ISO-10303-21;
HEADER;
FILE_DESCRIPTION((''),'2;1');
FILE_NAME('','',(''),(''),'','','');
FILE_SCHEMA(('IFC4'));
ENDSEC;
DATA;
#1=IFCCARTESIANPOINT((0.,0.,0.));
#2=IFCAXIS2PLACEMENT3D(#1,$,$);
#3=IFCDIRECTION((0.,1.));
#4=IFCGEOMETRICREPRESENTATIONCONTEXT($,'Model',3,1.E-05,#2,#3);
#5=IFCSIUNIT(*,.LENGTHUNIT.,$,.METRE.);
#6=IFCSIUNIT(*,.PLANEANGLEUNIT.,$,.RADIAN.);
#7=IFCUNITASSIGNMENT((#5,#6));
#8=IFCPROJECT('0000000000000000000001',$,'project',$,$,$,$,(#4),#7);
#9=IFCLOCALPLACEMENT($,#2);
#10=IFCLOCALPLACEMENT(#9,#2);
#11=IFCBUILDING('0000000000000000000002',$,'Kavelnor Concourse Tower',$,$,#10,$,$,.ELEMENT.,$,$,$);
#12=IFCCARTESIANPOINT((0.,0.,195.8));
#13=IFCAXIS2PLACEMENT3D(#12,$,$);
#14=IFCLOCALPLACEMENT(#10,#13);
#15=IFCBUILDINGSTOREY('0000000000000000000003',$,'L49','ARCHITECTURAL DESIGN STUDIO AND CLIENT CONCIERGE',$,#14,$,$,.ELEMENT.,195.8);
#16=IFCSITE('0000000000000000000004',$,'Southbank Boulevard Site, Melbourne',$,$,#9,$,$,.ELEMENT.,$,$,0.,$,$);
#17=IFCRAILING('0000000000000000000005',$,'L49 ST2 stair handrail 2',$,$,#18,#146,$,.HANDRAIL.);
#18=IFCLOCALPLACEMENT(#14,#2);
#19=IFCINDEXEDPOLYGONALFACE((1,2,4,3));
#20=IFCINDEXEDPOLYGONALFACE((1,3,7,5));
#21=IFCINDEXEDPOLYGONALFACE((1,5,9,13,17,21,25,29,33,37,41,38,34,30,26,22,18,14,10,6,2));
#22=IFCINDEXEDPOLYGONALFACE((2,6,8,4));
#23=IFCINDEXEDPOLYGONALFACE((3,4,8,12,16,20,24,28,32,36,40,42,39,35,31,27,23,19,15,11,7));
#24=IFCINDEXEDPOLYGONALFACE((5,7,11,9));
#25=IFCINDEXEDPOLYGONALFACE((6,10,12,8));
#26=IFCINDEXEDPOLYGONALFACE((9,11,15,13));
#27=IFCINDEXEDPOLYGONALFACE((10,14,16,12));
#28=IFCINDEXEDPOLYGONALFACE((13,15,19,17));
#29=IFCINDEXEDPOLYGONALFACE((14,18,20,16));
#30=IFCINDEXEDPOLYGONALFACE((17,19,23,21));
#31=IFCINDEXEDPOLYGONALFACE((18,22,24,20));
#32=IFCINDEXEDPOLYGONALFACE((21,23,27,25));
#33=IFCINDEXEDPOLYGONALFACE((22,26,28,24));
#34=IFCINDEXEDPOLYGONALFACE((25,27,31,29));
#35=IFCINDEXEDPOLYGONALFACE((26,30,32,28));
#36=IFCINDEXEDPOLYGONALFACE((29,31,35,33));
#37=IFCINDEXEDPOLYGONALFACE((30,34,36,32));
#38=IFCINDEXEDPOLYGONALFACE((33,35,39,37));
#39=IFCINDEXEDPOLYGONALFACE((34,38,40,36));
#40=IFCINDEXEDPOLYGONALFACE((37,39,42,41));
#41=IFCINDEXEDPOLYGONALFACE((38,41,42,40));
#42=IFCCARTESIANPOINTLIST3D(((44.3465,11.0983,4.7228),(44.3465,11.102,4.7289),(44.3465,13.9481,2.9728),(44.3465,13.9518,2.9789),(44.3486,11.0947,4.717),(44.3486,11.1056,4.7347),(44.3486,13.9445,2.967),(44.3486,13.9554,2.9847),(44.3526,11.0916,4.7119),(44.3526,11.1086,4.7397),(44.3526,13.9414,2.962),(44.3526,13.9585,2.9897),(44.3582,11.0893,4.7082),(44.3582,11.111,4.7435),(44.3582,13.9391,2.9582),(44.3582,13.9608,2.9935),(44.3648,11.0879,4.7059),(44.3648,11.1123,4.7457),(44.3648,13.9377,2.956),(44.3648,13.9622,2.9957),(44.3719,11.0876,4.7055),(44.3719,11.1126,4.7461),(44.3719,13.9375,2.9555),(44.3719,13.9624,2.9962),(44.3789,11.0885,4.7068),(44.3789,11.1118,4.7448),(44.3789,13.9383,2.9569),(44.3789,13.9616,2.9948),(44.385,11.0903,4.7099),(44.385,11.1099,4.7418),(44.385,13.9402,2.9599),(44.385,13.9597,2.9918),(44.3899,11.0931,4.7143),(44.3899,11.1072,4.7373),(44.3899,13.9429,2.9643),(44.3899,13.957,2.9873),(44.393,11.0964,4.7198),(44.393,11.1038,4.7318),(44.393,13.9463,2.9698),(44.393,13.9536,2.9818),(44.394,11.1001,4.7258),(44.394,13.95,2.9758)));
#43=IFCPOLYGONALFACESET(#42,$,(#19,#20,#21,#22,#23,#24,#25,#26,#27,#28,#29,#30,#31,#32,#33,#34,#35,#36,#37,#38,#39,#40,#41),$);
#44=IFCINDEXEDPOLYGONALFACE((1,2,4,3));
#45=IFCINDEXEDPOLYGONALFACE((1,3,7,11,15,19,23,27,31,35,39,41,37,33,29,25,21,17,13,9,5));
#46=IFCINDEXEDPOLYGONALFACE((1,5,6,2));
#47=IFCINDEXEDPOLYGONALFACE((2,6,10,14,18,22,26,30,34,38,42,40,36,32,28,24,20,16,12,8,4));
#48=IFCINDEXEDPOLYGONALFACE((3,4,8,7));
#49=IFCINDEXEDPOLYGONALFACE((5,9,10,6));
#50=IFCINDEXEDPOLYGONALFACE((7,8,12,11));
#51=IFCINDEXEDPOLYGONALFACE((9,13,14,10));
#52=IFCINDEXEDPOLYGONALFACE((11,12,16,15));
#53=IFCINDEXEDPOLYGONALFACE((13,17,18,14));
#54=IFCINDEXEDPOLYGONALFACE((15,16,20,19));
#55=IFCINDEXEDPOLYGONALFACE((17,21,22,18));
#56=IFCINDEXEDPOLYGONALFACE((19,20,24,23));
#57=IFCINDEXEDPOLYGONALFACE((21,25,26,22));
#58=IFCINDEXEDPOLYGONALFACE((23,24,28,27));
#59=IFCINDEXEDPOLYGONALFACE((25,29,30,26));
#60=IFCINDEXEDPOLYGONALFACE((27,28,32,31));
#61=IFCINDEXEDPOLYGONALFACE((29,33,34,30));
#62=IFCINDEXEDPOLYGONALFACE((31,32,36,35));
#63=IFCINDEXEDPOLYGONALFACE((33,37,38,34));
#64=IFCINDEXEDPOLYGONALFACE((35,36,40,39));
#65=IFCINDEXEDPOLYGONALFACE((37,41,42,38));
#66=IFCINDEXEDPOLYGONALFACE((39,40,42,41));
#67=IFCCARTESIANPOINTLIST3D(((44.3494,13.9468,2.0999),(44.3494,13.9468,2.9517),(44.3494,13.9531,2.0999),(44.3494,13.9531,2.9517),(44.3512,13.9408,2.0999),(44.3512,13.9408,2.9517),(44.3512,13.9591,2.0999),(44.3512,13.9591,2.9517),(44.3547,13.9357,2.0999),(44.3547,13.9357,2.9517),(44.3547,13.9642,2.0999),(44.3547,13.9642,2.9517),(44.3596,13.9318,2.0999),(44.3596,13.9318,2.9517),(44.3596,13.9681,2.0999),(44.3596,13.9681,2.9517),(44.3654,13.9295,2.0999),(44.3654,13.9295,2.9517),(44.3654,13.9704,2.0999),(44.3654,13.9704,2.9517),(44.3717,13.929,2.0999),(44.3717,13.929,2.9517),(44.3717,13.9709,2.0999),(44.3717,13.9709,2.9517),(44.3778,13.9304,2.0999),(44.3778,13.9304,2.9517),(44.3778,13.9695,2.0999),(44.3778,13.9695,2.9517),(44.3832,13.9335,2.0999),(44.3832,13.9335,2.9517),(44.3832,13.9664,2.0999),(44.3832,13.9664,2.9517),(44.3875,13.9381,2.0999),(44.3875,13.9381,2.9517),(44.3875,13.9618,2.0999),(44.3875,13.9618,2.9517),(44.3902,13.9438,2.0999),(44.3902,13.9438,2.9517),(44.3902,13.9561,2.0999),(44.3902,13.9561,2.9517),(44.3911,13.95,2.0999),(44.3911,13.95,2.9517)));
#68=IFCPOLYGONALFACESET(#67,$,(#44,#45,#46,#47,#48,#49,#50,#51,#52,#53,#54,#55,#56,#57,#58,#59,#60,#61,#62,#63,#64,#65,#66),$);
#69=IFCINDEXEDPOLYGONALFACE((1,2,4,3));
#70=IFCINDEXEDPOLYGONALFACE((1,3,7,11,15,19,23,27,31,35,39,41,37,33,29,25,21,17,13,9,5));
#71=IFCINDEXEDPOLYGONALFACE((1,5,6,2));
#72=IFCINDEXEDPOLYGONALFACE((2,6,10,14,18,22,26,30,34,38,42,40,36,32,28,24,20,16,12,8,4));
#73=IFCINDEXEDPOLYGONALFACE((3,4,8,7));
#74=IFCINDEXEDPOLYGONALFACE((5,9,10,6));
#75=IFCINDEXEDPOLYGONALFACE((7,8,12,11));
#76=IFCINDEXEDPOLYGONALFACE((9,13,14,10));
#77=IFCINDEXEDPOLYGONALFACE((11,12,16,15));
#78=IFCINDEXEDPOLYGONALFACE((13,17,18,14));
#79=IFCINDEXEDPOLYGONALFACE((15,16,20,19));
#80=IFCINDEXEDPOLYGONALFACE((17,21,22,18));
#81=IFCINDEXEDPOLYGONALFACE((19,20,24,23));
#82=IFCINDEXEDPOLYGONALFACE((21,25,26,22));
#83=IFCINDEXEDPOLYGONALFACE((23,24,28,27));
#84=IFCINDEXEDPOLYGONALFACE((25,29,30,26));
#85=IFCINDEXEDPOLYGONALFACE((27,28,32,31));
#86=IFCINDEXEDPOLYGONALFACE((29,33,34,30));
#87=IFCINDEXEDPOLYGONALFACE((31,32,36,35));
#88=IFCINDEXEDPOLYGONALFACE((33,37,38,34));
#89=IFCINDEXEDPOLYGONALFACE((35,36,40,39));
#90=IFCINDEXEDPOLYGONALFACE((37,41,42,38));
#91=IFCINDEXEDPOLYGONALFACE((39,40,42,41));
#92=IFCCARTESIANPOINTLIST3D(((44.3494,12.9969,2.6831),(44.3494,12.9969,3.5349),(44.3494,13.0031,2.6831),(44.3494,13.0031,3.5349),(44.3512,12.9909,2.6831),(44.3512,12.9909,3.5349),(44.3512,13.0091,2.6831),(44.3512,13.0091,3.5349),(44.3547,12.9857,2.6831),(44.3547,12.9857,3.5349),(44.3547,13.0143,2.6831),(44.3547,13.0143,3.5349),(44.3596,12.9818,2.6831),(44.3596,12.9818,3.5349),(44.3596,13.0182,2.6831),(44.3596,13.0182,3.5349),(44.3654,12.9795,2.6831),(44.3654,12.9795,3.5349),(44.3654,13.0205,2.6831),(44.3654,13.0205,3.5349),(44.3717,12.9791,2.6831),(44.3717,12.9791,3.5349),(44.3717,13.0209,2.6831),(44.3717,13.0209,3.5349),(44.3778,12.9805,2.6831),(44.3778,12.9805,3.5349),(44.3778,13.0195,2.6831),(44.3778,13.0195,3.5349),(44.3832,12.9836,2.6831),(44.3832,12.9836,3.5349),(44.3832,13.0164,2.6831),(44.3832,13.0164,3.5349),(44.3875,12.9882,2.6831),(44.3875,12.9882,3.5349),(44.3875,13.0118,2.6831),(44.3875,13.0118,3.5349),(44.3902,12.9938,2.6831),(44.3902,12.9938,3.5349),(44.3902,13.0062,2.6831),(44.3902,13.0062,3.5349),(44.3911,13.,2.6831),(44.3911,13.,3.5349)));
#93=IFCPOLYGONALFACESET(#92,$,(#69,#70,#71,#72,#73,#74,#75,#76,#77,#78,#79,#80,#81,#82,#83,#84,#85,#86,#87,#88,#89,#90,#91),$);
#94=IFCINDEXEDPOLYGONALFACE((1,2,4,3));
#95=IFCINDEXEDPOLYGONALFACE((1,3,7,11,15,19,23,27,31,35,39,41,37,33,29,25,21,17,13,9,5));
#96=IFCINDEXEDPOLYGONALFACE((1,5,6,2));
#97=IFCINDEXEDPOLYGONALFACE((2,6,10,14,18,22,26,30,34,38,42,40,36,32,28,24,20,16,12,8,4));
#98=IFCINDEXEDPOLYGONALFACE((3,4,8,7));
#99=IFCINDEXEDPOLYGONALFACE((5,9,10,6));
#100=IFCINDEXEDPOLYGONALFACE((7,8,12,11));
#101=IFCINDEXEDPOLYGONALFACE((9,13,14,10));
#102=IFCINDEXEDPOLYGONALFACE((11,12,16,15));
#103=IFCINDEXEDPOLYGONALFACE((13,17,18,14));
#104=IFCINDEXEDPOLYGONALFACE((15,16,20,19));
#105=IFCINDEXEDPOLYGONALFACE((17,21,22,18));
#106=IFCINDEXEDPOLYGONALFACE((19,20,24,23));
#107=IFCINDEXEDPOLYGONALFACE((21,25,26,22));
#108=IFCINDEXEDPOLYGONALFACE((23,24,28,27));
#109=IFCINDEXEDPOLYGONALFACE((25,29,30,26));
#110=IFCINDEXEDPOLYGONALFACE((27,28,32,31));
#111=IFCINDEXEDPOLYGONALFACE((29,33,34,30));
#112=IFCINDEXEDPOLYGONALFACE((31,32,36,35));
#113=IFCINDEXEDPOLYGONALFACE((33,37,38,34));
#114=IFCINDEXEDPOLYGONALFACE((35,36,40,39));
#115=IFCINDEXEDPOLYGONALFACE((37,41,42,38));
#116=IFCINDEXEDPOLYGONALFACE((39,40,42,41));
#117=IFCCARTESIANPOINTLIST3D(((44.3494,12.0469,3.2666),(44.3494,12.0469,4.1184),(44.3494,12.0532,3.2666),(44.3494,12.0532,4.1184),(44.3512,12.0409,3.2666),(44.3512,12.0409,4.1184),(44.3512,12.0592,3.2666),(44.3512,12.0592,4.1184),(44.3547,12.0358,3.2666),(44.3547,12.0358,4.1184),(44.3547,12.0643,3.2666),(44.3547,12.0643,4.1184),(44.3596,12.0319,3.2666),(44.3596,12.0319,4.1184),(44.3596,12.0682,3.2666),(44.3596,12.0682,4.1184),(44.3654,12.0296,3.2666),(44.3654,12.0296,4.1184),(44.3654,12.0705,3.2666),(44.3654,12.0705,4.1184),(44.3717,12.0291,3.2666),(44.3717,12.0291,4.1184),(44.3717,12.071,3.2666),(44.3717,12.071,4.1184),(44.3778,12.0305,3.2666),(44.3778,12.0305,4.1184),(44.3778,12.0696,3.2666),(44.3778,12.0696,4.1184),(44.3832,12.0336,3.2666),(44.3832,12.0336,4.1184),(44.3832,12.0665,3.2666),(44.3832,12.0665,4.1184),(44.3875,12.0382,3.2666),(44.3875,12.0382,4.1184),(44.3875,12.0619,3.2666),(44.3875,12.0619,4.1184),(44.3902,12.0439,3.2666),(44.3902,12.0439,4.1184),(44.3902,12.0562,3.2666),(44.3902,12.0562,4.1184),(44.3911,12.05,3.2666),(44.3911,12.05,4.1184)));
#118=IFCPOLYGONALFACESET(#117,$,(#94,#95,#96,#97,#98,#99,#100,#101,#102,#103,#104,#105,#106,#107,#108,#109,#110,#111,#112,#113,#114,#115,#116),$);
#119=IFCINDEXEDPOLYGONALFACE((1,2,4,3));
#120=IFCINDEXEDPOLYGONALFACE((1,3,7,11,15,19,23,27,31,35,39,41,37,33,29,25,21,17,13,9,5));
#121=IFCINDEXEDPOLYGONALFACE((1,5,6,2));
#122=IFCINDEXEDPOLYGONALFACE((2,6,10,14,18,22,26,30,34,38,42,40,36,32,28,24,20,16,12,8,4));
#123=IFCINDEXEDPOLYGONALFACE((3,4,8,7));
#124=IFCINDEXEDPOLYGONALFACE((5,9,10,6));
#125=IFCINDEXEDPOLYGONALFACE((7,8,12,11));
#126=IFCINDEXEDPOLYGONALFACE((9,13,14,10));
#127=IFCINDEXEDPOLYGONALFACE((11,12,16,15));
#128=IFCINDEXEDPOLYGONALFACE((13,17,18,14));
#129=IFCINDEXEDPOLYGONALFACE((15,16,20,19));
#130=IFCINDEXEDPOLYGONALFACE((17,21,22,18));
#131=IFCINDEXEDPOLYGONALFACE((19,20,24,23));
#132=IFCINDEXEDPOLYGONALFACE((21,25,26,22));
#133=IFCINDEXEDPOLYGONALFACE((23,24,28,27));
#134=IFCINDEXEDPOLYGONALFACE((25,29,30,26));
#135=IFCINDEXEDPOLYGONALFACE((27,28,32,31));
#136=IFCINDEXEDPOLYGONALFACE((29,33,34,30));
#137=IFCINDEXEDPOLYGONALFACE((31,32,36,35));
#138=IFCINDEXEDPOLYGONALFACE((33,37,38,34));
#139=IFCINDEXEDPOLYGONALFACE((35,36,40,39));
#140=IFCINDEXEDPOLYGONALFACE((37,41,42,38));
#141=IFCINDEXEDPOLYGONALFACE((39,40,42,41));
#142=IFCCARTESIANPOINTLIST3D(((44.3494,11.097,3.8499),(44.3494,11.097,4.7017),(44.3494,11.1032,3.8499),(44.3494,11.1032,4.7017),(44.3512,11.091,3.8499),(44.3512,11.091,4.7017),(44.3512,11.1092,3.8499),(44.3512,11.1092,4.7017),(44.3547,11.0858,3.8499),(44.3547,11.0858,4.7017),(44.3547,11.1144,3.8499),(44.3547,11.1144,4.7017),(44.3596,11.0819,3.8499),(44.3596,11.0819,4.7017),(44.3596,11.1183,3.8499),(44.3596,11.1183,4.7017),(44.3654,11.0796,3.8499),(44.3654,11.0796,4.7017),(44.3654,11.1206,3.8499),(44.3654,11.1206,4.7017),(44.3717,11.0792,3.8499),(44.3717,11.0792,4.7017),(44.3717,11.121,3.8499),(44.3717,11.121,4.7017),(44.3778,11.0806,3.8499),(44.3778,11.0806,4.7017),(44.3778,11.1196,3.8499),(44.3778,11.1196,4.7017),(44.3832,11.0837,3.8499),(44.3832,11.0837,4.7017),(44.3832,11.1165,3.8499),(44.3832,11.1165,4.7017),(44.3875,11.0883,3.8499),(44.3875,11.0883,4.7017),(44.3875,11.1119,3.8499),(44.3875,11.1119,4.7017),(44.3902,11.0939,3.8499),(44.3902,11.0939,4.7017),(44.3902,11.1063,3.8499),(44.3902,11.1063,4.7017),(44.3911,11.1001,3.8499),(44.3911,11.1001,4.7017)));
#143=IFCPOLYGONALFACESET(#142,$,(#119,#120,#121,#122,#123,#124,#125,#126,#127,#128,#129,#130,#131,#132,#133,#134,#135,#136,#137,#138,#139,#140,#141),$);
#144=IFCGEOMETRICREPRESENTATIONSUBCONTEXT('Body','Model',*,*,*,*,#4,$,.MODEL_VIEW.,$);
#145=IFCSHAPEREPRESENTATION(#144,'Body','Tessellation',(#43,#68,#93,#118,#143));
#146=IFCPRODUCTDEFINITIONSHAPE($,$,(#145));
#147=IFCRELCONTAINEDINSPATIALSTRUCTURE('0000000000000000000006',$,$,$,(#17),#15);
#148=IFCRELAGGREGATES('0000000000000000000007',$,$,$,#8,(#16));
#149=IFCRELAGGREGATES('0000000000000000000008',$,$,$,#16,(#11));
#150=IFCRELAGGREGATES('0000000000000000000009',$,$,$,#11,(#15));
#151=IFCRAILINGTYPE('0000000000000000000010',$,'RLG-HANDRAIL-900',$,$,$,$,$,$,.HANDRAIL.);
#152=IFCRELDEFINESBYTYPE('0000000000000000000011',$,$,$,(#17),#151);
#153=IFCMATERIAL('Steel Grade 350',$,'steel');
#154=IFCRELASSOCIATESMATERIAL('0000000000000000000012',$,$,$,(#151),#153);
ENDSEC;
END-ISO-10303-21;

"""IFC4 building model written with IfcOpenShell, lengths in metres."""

from ifc_helpers import new_model, si_unit, direction, frame, origin, origin_2d, place, context, subcontext, project, spatial, circle, extrude, material, type_object, element, save


model = new_model("IFC4")

# Units and contexts
model_context = context("Model", 3, precision=1e-05, world=origin(), true_north=direction((0.0, 1.0)))
body_context = subcontext(model_context, "Body", "Model", "MODEL_VIEW")
ifc_project = project(units=[si_unit("LENGTHUNIT", "METRE"), si_unit("PLANEANGLEUNIT", "RADIAN")], contexts=[model_context])

# Site, building, storey
site_placement = place(None, origin())
site = spatial("IfcSite", under=ifc_project, at=site_placement, Name="Southbank Boulevard Site, Melbourne", CompositionType="ELEMENT", RefElevation=0.0)
building_placement = place(site_placement, origin())
building = spatial("IfcBuilding", under=site, at=building_placement, Name="Kavelnor Concourse Tower", CompositionType="ELEMENT")
storey_placement = place(building_placement, frame((0.0, 0.0, 195.8)))
storey = spatial("IfcBuildingStorey", under=building, at=storey_placement, Name="L49", Description="ARCHITECTURAL DESIGN STUDIO AND CLIENT CONCIERGE", CompositionType="ELEMENT", Elevation=195.8)

# Shared definitions
ifc_material_1 = material(Name="Steel Grade 350", Category="steel")

# Railing
railing_type_1 = type_object("IfcRailingType", Name="RLG-HANDRAIL-900", PredefinedType="HANDRAIL", material=ifc_material_1)
railing_1_placement = place(storey_placement, frame((44.3701, 13.95, 2.0999)))
element("IfcRailing", 1, at=railing_1_placement, inside=storey, type_object=railing_type_1, Name="L49 ST2 stair handrail 2", PredefinedType="HANDRAIL", context=body_context, shape_type="SweptSolid", body=[
    extrude(circle(Radius=0.0239, at=origin_2d()), frame((0.0, 0.0, 0.876), z_axis=(0.0, -0.852159, 0.523283), x_axis=(1.0, 0.0, 0.0)), (0.0, 0.0, 1.0), 3.3442),
    extrude(circle(Radius=0.021, at=origin_2d()), origin(), (0.0, 0.0, 1.0), 0.8518),
    extrude(circle(Radius=0.021, at=origin_2d()), frame((0.0, -0.95, 0.5833)), (0.0, 0.0, 1.0), 0.8518),
    extrude(circle(Radius=0.021, at=origin_2d()), frame((0.0, -1.8999, 1.1667)), (0.0, 0.0, 1.0), 0.8518),
    extrude(circle(Radius=0.021, at=origin_2d()), frame((0.0, -2.8499, 1.75)), (0.0, 0.0, 1.0), 0.8518),
])

save(model, "model.ifc")
